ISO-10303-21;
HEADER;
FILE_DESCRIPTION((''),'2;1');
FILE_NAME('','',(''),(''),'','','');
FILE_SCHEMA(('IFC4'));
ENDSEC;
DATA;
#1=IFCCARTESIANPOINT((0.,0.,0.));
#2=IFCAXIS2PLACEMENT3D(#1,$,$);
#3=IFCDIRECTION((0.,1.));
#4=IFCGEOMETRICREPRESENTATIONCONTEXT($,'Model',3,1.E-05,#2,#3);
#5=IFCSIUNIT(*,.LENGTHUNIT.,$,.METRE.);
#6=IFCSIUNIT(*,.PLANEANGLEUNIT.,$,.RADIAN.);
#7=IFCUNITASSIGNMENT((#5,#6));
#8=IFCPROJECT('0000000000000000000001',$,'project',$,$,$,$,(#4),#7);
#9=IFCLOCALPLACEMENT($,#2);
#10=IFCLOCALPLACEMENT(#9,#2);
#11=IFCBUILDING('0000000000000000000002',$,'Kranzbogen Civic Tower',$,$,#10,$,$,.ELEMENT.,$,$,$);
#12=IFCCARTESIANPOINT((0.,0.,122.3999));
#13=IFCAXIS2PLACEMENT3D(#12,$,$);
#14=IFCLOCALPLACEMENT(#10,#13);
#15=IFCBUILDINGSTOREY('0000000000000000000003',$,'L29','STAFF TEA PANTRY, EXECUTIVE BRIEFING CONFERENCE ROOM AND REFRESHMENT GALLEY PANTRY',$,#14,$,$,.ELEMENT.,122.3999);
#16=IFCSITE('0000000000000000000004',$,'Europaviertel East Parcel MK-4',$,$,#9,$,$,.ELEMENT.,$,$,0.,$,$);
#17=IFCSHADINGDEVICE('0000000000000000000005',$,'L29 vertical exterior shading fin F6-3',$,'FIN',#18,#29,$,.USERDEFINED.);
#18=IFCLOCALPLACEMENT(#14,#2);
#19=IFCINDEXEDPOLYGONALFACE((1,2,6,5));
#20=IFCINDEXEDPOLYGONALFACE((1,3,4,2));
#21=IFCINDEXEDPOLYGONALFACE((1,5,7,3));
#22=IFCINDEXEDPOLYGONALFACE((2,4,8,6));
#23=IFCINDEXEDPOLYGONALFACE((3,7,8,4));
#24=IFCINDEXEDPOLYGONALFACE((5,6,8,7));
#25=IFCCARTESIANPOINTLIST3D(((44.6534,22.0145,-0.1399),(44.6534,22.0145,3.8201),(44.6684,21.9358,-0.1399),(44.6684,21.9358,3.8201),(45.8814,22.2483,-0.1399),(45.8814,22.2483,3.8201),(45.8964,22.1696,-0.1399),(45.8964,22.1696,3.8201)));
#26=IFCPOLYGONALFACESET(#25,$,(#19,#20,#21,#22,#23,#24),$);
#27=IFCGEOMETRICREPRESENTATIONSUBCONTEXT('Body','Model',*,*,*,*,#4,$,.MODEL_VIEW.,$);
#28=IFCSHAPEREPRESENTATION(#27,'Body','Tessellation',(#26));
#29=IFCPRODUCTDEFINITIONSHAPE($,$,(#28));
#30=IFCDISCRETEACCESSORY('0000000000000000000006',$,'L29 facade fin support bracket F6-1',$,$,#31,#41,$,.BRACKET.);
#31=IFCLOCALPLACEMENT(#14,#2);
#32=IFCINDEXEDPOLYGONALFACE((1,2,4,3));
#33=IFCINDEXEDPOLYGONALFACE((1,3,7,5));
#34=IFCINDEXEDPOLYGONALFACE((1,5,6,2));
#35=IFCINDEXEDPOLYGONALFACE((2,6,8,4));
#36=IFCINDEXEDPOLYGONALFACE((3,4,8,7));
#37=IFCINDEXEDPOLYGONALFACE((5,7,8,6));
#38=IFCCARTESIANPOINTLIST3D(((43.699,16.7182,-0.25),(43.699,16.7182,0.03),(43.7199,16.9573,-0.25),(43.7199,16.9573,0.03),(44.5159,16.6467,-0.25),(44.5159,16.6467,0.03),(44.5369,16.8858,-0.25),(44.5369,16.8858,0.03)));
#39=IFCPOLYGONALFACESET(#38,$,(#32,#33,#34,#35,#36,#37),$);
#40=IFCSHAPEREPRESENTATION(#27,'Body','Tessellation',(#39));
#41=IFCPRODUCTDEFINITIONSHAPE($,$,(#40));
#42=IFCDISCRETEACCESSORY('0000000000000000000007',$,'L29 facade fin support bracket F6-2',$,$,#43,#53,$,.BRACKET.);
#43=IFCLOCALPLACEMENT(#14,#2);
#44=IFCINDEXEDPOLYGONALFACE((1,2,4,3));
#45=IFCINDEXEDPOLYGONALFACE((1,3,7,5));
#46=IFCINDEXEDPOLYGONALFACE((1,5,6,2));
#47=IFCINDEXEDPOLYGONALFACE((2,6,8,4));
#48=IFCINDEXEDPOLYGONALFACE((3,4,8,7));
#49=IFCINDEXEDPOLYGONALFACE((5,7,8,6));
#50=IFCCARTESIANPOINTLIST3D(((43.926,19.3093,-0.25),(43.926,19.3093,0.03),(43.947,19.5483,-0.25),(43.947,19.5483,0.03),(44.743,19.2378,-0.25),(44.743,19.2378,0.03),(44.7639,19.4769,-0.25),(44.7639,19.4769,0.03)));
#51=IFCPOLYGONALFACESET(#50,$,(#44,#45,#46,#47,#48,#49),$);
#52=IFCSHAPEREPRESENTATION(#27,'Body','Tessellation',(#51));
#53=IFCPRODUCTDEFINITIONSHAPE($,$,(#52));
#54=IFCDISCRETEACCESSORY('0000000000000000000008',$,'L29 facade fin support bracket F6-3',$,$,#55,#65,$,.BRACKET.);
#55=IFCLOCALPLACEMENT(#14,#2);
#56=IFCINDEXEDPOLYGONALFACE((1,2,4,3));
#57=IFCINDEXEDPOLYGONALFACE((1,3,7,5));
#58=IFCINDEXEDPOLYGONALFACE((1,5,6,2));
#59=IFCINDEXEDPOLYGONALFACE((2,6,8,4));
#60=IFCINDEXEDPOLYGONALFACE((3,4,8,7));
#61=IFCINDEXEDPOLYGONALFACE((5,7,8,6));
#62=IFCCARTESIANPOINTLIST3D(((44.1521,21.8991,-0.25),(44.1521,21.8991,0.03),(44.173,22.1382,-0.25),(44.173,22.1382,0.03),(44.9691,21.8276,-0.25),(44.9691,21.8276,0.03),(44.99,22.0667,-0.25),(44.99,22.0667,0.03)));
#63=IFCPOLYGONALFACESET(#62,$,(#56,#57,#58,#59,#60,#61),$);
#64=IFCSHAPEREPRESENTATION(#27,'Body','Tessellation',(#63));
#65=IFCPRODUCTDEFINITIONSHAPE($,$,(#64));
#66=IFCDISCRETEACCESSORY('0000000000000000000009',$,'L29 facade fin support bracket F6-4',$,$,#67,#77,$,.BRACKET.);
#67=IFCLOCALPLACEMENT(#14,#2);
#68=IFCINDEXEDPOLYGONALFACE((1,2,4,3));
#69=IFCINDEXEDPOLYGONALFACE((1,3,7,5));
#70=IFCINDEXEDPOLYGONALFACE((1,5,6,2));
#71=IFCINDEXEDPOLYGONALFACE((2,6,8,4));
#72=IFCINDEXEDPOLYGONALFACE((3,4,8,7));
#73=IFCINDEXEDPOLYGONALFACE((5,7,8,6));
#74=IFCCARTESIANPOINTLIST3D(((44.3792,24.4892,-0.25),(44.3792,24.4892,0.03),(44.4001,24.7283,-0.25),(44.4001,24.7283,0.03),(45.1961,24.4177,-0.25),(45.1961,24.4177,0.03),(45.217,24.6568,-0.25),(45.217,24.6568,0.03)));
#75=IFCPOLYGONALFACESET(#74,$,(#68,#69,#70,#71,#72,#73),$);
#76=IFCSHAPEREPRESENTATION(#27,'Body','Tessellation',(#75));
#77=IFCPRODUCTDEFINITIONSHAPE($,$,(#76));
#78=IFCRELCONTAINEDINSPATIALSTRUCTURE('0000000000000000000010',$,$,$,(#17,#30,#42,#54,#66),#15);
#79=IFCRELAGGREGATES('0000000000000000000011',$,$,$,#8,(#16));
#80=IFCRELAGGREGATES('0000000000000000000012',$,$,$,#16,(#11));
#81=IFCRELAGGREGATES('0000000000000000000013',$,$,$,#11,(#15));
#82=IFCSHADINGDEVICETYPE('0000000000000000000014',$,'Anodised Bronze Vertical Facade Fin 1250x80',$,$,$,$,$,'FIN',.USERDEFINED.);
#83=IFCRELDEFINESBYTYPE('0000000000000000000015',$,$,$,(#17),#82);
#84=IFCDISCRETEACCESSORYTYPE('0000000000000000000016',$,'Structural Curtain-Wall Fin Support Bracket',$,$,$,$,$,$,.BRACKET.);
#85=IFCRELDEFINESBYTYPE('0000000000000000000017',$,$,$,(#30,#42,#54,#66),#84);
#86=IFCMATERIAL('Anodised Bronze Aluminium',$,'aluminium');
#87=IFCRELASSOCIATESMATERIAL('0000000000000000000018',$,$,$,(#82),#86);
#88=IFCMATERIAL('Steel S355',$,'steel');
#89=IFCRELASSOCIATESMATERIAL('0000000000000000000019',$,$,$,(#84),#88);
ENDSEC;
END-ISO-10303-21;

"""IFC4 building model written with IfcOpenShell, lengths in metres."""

from ifc_helpers import new_model, si_unit, direction, frame, origin, origin_2d, place, context, subcontext, project, spatial, rectangle, extrude, material, type_object, element, save


model = new_model("IFC4")

# Units and contexts
model_context = context("Model", 3, precision=1e-05, world=origin(), true_north=direction((0.0, 1.0)))
body_context = subcontext(model_context, "Body", "Model", "MODEL_VIEW")
ifc_project = project(units=[si_unit("LENGTHUNIT", "METRE"), si_unit("PLANEANGLEUNIT", "RADIAN")], contexts=[model_context])

# Site, building, storey
site_placement = place(None, origin())
site = spatial("IfcSite", under=ifc_project, at=site_placement, Name="Europaviertel East Parcel MK-4", CompositionType="ELEMENT", RefElevation=0.0)
building_placement = place(site_placement, origin())
building = spatial("IfcBuilding", under=site, at=building_placement, Name="Kranzbogen Civic Tower", CompositionType="ELEMENT")
storey_placement = place(building_placement, frame((0.0, 0.0, 122.3999)))
storey = spatial("IfcBuildingStorey", under=building, at=storey_placement, Name="L29", Description="STAFF TEA PANTRY, EXECUTIVE BRIEFING CONFERENCE ROOM AND REFRESHMENT GALLEY PANTRY", CompositionType="ELEMENT", Elevation=122.3999)

# Shared definitions
ifc_material_1 = material(Name="Steel S355", Category="steel")

# Shading device
ifc_material_2 = material(Name="Anodised Bronze Aluminium", Category="aluminium")
shading_device_type = type_object("IfcShadingDeviceType", Name="Anodised Bronze Vertical Facade Fin 1250x80", ElementType="FIN", PredefinedType="USERDEFINED", material=ifc_material_2)
for number, where, z_axis, x_axis, name in (
    (1, (45.2749, 22.092, -0.1399), (0.0, 0.0, 1.0), (0.982349, 0.187056, 0.0), "L29 vertical exterior shading fin F6-3"),
):
    element("IfcShadingDevice", number, at=place(storey_placement, frame(where, z_axis=z_axis, x_axis=x_axis)), inside=storey, type_object=shading_device_type, Name=name, ObjectType="FIN", PredefinedType="USERDEFINED", context=body_context, shape_type="SweptSolid", body=[
        extrude(rectangle(XDim=1.25, YDim=0.0801, at=origin_2d()), origin(), (0.0, 0.0, 1.0), 3.96),
    ])

# Discrete accessories
discrete_accessory_type = type_object("IfcDiscreteAccessoryType", Name="Structural Curtain-Wall Fin Support Bracket", PredefinedType="BRACKET", material=ifc_material_1)
for number, where, z_axis, x_axis, name in (
    (2, (44.1179, 16.802, -0.25), (0.0, 0.0, 1.0), (0.996195, -0.087156, 0.0), "L29 facade fin support bracket F6-1"),
    (3, (44.345, 19.3931, -0.25), (0.0, 0.0, 1.0), (0.996195, -0.087156, 0.0), "L29 facade fin support bracket F6-2"),
    (4, (44.571, 21.9829, -0.25), (0.0, 0.0, 1.0), (0.996195, -0.087156, 0.0), "L29 facade fin support bracket F6-3"),
    (5, (44.7981, 24.573, -0.25), (0.0, 0.0, 1.0), (0.996195, -0.087156, 0.0), "L29 facade fin support bracket F6-4"),
):
    element("IfcDiscreteAccessory", number, at=place(storey_placement, frame(where, z_axis=z_axis, x_axis=x_axis)), inside=storey, type_object=discrete_accessory_type, Name=name, PredefinedType="BRACKET", context=body_context, shape_type="SweptSolid", body=[
        extrude(rectangle(XDim=0.8201, YDim=0.24, at=origin_2d()), origin(), (0.0, 0.0, 1.0), 0.28),
    ])

save(model, "model.ifc")
